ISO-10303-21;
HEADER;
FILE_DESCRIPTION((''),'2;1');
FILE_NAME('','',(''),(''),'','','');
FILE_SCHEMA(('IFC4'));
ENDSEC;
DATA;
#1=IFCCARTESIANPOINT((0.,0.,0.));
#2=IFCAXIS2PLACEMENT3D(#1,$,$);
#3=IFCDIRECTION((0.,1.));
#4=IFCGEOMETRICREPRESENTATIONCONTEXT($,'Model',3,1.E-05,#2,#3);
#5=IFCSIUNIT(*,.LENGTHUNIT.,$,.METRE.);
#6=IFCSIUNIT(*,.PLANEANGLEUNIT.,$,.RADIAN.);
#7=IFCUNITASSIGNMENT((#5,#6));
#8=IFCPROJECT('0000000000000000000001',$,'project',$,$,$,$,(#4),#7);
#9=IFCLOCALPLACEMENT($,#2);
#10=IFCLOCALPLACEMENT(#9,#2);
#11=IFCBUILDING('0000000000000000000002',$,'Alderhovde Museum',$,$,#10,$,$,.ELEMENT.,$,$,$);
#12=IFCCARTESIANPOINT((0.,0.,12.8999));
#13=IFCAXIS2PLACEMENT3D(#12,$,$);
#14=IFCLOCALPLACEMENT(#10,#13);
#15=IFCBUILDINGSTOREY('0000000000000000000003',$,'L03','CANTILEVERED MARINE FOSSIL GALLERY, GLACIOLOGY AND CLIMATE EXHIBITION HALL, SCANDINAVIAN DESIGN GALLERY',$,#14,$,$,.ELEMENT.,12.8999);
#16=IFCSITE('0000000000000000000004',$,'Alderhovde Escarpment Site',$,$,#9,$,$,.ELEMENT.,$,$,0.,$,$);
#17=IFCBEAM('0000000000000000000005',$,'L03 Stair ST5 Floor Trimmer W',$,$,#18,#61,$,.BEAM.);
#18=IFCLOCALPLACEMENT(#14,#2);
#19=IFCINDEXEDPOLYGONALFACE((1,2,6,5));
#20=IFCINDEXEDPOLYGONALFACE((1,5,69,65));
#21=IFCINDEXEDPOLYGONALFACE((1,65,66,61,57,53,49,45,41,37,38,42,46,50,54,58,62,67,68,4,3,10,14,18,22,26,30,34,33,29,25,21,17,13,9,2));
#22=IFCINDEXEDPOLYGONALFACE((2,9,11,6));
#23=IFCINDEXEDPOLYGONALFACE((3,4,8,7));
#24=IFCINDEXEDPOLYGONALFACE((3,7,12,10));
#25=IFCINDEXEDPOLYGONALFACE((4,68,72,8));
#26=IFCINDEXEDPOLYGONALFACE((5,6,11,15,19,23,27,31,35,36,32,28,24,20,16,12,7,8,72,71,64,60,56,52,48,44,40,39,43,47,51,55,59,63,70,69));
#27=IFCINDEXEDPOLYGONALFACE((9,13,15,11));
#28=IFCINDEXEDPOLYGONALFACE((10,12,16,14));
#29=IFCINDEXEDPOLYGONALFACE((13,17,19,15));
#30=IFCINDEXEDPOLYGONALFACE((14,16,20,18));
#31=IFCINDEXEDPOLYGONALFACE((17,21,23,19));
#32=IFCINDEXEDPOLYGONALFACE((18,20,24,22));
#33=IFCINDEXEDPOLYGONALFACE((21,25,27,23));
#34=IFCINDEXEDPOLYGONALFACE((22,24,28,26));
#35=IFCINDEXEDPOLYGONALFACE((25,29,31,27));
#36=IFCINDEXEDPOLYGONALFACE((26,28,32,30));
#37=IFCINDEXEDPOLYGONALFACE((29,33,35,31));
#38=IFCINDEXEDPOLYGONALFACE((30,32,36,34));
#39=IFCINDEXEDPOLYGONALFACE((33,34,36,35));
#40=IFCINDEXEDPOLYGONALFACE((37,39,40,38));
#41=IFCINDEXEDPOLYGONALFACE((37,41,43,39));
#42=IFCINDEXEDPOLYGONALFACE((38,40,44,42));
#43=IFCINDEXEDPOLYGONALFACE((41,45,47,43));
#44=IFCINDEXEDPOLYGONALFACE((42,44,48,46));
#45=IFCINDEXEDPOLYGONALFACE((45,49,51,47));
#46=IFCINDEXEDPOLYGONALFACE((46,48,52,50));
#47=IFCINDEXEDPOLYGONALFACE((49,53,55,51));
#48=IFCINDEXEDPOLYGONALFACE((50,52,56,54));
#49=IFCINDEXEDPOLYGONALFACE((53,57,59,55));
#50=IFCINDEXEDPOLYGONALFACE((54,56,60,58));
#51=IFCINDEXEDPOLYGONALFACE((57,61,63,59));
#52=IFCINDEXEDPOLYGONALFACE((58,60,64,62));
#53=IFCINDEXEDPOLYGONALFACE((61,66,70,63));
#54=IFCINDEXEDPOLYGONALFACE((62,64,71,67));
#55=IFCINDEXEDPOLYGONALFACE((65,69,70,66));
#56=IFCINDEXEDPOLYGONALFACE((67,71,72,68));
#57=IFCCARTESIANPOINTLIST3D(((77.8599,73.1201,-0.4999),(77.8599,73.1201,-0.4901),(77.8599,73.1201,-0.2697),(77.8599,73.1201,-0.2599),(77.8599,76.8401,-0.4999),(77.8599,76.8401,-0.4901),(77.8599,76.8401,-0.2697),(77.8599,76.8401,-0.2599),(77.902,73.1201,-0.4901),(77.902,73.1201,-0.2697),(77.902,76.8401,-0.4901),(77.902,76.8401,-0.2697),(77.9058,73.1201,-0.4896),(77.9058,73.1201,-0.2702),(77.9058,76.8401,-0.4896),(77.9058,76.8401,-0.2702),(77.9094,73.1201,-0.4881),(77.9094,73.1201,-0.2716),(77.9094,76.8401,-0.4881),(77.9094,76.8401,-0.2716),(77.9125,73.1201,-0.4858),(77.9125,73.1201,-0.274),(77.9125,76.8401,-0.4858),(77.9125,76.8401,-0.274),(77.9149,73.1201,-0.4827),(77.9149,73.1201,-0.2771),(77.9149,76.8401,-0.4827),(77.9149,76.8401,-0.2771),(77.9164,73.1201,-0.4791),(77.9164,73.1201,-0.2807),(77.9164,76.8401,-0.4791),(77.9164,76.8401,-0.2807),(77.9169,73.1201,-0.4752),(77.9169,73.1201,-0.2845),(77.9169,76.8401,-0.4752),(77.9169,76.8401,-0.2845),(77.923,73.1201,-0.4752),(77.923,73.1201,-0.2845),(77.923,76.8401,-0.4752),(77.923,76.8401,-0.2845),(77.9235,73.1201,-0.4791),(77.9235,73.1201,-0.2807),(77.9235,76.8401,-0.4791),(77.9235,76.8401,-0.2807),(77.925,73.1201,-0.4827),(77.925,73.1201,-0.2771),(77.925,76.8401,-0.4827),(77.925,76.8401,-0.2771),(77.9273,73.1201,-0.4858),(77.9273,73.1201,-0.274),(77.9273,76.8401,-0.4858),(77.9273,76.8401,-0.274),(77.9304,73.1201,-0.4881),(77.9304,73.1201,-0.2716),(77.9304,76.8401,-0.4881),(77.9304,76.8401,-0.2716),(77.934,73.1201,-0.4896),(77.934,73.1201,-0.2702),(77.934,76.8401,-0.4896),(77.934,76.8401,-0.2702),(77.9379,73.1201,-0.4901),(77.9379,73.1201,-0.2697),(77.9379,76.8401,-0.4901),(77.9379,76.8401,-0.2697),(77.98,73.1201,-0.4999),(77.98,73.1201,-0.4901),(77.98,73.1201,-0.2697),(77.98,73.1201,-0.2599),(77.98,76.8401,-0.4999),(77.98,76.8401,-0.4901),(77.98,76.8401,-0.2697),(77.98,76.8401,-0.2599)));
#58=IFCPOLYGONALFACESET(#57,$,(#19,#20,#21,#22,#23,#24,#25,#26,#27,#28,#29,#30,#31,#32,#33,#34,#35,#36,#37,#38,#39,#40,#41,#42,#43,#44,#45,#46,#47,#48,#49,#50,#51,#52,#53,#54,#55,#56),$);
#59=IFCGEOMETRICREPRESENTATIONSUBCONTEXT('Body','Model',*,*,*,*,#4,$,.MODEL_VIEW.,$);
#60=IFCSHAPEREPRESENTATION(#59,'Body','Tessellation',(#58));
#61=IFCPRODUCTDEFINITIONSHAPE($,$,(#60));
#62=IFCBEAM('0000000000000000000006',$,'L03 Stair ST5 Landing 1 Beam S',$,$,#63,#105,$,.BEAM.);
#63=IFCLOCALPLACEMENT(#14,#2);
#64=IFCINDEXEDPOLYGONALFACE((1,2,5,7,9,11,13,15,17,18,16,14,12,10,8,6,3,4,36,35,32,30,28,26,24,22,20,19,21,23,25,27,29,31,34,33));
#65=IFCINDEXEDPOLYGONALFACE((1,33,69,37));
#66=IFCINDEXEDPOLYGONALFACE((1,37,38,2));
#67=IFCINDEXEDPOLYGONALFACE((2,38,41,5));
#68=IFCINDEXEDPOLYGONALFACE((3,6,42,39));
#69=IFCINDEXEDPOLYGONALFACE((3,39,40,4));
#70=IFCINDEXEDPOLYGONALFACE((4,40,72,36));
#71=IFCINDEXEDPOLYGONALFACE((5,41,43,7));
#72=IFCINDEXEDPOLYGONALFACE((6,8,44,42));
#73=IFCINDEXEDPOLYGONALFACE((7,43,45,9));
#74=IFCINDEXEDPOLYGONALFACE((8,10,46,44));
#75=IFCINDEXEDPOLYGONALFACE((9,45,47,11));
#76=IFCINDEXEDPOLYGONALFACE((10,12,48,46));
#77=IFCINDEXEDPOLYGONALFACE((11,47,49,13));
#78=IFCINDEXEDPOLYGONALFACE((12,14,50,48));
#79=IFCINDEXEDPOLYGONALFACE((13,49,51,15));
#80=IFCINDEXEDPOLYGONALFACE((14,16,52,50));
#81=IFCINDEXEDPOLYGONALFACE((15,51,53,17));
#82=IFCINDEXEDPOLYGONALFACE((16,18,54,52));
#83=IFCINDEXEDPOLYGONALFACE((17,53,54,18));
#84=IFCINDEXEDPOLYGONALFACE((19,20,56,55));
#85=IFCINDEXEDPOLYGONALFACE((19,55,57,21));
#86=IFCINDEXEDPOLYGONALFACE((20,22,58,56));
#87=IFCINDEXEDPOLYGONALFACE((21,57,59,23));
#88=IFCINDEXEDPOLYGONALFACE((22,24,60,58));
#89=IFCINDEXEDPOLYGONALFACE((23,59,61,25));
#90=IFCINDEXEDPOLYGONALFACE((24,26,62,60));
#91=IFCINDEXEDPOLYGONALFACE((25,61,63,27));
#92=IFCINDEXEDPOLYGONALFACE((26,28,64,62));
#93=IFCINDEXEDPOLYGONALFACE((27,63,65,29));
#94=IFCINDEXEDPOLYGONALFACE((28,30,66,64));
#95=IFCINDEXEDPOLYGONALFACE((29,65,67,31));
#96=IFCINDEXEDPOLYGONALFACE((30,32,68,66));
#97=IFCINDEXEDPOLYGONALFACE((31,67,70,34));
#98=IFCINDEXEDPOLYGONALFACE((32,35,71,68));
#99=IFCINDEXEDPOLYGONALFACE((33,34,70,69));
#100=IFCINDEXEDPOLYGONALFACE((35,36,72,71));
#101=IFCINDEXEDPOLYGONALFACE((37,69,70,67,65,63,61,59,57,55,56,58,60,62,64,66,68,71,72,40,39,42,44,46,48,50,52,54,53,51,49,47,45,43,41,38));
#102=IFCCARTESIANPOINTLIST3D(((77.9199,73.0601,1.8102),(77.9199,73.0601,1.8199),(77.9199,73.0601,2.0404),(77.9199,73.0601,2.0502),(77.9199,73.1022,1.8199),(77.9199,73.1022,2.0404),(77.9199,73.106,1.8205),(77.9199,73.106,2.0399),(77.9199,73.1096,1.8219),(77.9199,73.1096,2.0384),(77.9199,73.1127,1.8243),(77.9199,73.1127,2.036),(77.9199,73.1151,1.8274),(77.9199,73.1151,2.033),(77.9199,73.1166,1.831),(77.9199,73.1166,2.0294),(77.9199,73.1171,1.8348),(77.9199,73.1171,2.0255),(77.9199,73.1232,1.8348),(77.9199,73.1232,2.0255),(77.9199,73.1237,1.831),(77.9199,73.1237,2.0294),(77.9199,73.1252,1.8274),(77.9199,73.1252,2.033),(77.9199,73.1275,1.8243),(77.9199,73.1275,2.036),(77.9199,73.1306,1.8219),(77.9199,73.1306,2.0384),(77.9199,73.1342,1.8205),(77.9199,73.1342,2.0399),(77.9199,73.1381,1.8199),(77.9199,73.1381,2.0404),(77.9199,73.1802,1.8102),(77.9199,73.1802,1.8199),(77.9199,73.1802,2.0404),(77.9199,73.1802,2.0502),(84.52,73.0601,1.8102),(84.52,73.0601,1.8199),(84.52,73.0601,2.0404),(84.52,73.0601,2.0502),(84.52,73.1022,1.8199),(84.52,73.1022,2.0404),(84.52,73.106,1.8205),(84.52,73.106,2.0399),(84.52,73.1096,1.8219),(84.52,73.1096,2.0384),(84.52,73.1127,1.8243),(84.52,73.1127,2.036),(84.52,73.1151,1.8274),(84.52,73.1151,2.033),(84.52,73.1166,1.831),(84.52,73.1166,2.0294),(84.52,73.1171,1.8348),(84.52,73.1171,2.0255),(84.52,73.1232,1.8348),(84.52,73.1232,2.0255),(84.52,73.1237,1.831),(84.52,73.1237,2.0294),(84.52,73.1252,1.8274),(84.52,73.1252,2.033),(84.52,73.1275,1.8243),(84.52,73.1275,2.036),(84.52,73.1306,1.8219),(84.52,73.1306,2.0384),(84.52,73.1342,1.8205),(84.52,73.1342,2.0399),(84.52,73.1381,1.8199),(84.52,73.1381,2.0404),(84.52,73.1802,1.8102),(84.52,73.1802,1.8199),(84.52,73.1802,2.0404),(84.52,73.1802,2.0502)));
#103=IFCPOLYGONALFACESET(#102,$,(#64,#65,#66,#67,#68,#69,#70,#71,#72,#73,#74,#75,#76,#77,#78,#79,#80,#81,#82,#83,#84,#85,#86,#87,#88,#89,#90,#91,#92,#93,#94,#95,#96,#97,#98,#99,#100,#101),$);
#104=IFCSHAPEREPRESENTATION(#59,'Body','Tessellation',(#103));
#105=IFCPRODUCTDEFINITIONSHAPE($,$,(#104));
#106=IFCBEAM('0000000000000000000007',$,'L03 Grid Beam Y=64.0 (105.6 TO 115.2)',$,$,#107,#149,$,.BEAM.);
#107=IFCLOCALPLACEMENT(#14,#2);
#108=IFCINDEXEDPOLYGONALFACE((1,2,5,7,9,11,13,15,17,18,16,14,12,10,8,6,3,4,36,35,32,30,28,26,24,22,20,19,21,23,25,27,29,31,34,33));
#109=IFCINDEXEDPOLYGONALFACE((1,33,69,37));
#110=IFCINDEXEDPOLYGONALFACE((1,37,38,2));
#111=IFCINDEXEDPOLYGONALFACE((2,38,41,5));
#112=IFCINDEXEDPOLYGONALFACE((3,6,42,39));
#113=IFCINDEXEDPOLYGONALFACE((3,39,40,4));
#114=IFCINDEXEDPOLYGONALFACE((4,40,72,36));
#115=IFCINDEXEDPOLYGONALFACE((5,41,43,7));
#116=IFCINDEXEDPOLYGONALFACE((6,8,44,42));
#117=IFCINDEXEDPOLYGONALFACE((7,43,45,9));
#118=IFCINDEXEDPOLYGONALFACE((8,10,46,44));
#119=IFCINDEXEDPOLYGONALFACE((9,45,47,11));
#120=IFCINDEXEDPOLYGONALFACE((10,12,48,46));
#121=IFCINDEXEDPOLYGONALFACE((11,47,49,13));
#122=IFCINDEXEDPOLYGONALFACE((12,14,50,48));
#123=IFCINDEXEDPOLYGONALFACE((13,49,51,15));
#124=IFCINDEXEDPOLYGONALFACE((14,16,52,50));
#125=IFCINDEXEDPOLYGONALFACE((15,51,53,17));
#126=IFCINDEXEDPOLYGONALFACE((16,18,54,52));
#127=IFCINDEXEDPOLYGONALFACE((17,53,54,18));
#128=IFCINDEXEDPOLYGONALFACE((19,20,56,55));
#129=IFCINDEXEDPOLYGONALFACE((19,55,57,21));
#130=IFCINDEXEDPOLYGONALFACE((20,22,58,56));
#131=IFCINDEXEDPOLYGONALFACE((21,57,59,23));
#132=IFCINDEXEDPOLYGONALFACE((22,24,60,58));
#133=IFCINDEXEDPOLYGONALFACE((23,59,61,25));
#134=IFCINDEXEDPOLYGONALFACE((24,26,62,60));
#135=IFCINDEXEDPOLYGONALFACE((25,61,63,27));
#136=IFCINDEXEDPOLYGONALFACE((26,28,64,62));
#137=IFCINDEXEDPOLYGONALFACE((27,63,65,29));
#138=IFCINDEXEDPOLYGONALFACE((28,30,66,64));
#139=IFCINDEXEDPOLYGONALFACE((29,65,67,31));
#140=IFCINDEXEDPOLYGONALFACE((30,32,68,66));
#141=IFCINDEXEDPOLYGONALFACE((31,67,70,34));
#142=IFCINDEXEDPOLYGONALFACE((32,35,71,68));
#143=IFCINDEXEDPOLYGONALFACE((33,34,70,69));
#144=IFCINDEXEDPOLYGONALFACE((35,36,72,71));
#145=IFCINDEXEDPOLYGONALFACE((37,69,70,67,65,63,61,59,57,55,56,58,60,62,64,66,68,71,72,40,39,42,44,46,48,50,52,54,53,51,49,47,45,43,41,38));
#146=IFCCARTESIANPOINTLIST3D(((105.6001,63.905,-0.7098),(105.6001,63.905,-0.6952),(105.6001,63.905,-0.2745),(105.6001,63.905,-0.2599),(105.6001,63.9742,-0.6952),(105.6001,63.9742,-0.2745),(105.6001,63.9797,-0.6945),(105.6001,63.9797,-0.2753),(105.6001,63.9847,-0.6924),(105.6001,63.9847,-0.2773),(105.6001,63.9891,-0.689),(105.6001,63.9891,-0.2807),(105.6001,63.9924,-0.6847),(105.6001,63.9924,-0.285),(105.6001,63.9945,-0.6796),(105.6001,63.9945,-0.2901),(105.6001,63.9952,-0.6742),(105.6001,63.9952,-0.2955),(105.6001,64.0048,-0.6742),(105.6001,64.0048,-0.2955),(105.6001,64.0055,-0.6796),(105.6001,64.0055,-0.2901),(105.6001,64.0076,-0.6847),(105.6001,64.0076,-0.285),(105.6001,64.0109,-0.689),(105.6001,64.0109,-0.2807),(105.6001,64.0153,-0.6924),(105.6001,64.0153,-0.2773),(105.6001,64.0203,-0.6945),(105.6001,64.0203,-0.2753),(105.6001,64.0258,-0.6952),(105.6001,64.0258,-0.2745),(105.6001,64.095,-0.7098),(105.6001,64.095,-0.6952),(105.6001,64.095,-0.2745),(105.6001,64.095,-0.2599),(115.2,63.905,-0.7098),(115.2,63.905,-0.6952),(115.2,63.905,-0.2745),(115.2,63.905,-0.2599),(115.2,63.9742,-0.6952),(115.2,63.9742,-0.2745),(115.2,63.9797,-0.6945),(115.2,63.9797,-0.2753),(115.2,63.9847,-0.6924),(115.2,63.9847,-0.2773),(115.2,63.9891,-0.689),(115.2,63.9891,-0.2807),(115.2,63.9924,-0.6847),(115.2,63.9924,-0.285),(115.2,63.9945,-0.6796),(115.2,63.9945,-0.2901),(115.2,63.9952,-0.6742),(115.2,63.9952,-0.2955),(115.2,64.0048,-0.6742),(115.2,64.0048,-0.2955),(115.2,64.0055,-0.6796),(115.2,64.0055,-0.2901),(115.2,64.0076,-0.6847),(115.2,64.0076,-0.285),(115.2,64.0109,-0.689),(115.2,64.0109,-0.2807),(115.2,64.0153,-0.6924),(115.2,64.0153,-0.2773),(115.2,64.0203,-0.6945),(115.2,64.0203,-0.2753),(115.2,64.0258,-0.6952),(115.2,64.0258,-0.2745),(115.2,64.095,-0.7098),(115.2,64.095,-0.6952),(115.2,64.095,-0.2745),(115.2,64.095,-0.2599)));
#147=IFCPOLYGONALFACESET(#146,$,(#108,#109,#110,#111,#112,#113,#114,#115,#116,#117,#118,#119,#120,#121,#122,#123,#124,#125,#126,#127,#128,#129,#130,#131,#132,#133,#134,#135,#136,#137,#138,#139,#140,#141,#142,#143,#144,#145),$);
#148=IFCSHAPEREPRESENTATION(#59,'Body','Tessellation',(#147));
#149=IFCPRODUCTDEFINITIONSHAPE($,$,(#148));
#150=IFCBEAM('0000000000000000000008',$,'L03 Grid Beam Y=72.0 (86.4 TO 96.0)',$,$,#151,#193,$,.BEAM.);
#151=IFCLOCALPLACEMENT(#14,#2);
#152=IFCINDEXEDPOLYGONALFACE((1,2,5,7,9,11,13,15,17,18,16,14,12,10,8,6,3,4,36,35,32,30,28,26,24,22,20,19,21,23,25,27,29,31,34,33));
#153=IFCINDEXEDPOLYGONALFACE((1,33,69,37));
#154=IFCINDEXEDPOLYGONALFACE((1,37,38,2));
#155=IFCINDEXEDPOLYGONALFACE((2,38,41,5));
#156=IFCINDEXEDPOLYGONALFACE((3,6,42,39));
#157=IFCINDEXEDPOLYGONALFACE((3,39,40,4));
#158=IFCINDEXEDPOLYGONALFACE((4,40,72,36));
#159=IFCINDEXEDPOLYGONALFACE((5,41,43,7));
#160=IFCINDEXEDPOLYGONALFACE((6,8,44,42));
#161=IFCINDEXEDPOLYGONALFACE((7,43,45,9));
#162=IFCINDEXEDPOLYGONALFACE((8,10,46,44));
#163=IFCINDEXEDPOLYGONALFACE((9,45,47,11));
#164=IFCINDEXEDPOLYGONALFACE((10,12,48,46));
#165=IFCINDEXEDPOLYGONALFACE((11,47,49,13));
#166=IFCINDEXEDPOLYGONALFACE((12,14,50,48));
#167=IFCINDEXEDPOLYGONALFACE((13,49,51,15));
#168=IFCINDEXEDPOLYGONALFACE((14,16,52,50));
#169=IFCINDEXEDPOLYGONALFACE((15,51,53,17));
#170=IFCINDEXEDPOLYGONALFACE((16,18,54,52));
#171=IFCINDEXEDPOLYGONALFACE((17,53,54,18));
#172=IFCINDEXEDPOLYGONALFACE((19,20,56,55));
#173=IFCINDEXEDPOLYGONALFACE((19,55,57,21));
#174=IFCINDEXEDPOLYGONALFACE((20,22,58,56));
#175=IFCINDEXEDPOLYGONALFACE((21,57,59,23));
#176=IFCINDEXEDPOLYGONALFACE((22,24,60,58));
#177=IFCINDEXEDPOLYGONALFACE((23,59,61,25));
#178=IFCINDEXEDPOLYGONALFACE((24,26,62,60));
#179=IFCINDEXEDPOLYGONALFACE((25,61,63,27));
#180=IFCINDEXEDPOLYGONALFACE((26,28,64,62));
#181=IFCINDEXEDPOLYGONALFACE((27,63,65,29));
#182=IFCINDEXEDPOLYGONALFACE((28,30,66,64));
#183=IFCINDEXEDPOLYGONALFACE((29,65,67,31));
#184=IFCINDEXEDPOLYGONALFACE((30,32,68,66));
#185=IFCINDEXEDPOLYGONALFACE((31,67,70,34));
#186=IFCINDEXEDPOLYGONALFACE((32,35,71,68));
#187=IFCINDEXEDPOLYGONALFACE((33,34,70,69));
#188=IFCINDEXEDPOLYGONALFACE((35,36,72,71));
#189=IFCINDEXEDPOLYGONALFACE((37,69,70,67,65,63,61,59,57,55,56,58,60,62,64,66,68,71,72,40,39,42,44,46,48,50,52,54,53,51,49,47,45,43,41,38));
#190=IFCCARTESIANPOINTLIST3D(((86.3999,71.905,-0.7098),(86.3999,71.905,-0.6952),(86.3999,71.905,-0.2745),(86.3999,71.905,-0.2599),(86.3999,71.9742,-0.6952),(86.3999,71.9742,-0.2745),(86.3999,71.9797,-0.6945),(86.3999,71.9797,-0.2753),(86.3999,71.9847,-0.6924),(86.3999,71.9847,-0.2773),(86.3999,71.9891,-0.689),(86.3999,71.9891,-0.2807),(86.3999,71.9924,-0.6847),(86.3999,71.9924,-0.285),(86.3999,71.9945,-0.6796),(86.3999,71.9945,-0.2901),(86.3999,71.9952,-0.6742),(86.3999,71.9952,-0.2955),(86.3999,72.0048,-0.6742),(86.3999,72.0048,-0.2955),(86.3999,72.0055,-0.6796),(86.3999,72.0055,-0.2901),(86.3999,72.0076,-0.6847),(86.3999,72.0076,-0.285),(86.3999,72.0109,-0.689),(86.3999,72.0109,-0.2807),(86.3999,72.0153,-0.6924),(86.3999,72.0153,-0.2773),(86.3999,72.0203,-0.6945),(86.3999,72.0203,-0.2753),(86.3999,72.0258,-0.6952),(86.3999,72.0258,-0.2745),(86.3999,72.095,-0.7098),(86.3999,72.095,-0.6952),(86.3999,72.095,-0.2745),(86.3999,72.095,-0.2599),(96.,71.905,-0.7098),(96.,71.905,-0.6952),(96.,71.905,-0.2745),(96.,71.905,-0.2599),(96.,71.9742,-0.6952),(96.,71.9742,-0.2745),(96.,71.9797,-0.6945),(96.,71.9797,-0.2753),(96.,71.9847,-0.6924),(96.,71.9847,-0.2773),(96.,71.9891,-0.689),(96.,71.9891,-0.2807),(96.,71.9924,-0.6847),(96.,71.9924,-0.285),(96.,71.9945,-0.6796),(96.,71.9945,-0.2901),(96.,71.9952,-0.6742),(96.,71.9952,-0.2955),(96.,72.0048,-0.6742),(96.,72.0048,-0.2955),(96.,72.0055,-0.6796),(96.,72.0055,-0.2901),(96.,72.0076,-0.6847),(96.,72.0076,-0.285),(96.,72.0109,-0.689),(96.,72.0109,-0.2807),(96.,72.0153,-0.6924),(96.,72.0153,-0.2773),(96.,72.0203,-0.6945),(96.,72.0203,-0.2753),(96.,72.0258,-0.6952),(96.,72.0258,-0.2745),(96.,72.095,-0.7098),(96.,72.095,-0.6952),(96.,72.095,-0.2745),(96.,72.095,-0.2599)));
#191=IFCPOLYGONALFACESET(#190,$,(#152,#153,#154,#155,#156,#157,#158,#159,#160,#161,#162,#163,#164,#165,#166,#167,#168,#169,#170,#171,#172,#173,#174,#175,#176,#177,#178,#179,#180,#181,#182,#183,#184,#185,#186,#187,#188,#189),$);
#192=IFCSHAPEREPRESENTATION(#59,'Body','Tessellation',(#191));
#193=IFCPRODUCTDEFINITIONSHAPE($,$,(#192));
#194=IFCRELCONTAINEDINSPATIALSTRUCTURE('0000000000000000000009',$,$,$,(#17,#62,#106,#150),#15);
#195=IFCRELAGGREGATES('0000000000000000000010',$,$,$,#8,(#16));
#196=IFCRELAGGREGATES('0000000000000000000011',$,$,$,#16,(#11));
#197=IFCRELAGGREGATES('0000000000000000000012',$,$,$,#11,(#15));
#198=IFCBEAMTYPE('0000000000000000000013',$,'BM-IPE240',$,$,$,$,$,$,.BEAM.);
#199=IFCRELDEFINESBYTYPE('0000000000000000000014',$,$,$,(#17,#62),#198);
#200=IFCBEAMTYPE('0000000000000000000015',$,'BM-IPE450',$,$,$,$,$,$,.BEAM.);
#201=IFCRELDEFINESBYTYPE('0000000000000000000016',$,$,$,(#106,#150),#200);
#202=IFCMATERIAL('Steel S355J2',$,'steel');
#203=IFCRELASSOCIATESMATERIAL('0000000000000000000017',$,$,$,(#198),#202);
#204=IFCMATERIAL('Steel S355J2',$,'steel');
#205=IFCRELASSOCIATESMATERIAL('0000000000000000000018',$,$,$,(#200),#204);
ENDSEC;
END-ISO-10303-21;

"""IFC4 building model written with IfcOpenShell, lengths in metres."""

from ifc_helpers import new_model, si_unit, direction, frame, origin, origin_2d, place, context, subcontext, project, spatial, i_section, extrude, material, material_profile, profile_set, type_object, element, save


model = new_model("IFC4")

# Units and contexts
model_context = context("Model", 3, precision=1e-05, world=origin(), true_north=direction((0.0, 1.0)))
body_context = subcontext(model_context, "Body", "Model", "MODEL_VIEW")
ifc_project = project(units=[si_unit("LENGTHUNIT", "METRE"), si_unit("PLANEANGLEUNIT", "RADIAN")], contexts=[model_context])

# Site, building, storey
site_placement = place(None, origin())
site = spatial("IfcSite", under=ifc_project, at=site_placement, Name="Alderhovde Escarpment Site", CompositionType="ELEMENT", RefElevation=0.0)
building_placement = place(site_placement, origin())
building = spatial("IfcBuilding", under=site, at=building_placement, Name="Alderhovde Museum", CompositionType="ELEMENT")
storey_placement = place(building_placement, frame((0.0, 0.0, 12.8999)))
storey = spatial("IfcBuildingStorey", under=building, at=storey_placement, Name="L03", Description="CANTILEVERED MARINE FOSSIL GALLERY, GLACIOLOGY AND CLIMATE EXHIBITION HALL, SCANDINAVIAN DESIGN GALLERY", CompositionType="ELEMENT", Elevation=12.8999)

# Beams
ifc_material_1 = material(Name="Steel S355J2", Category="steel")
ifc_material_profile_1 = material_profile(ifc_material_1, i_section(OverallWidth=0.1201, OverallDepth=0.24, WebThickness=0.0061, FlangeThickness=0.0098, FilletRadius=0.0149, at=origin_2d()), Name="IPE 240")
ifc_profile_set_1 = profile_set([ifc_material_profile_1], Name="Steel S355J2")
beam_type_1 = type_object("IfcBeamType", Name="BM-IPE240", PredefinedType="BEAM", material=ifc_profile_set_1)
beam_1_placement = place(storey_placement, frame((77.9199, 73.1201, -0.3799), z_axis=(0.0, 1.0, 0.0), x_axis=(-1.0, 0.0, 0.0)))
element("IfcBeam", 1, at=beam_1_placement, inside=storey, type_object=beam_type_1, Name="L03 Stair ST5 Floor Trimmer W", PredefinedType="BEAM", context=body_context, shape_type="SweptSolid", body=[
    extrude(i_section(OverallWidth=0.1201, OverallDepth=0.24, WebThickness=0.0061, FlangeThickness=0.0098, FilletRadius=0.0149, at=origin_2d()), origin(), (0.0, 0.0, 1.0), 3.72),
])
beam_2_placement = place(storey_placement, frame((77.9199, 73.1201, 1.9302), z_axis=(1.0, 0.0, 0.0), x_axis=(0.0, 1.0, 0.0)))
element("IfcBeam", 2, at=beam_2_placement, inside=storey, type_object=beam_type_1, Name="L03 Stair ST5 Landing 1 Beam S", PredefinedType="BEAM", context=body_context, shape_type="SweptSolid", body=[
    extrude(i_section(OverallWidth=0.1201, OverallDepth=0.24, WebThickness=0.0061, FlangeThickness=0.0098, FilletRadius=0.0149, at=origin_2d()), origin(), (0.0, 0.0, 1.0), 6.6001),
])
ifc_material_2 = material(Name="Steel S355J2", Category="steel")
ifc_material_profile_2 = material_profile(ifc_material_2, i_section(OverallWidth=0.1899, OverallDepth=0.45, WebThickness=0.0095, FlangeThickness=0.0146, FilletRadius=0.021, at=origin_2d()), Name="IPE 450")
ifc_profile_set_2 = profile_set([ifc_material_profile_2], Name="Steel S355J2")
beam_type_2 = type_object("IfcBeamType", Name="BM-IPE450", PredefinedType="BEAM", material=ifc_profile_set_2)
beam_3_placement = place(storey_placement, frame((105.6001, 64.0, -0.4849), z_axis=(1.0, 0.0, 0.0), x_axis=(0.0, 1.0, 0.0)))
element("IfcBeam", 3, at=beam_3_placement, inside=storey, type_object=beam_type_2, Name="L03 Grid Beam Y=64.0 (105.6 TO 115.2)", PredefinedType="BEAM", context=body_context, shape_type="SweptSolid", body=[
    extrude(i_section(OverallWidth=0.1899, OverallDepth=0.45, WebThickness=0.0095, FlangeThickness=0.0146, FilletRadius=0.021, at=origin_2d()), origin(), (0.0, 0.0, 1.0), 9.5999),
])
for number, where, z_axis, x_axis, name in (
    (4, (86.3999, 72.0, -0.4849), (1.0, 0.0, 0.0), (0.0, 1.0, 0.0), "L03 Grid Beam Y=72.0 (86.4 TO 96.0)"),
):
    element("IfcBeam", number, at=place(storey_placement, frame(where, z_axis=z_axis, x_axis=x_axis)), inside=storey, type_object=beam_type_2, Name=name, PredefinedType="BEAM", context=body_context, shape_type="SweptSolid", body=[
        extrude(i_section(OverallWidth=0.1899, OverallDepth=0.45, WebThickness=0.0095, FlangeThickness=0.0146, FilletRadius=0.021, at=origin_2d()), origin(), (0.0, 0.0, 1.0), 9.6001),
    ])

save(model, "model.ifc")
